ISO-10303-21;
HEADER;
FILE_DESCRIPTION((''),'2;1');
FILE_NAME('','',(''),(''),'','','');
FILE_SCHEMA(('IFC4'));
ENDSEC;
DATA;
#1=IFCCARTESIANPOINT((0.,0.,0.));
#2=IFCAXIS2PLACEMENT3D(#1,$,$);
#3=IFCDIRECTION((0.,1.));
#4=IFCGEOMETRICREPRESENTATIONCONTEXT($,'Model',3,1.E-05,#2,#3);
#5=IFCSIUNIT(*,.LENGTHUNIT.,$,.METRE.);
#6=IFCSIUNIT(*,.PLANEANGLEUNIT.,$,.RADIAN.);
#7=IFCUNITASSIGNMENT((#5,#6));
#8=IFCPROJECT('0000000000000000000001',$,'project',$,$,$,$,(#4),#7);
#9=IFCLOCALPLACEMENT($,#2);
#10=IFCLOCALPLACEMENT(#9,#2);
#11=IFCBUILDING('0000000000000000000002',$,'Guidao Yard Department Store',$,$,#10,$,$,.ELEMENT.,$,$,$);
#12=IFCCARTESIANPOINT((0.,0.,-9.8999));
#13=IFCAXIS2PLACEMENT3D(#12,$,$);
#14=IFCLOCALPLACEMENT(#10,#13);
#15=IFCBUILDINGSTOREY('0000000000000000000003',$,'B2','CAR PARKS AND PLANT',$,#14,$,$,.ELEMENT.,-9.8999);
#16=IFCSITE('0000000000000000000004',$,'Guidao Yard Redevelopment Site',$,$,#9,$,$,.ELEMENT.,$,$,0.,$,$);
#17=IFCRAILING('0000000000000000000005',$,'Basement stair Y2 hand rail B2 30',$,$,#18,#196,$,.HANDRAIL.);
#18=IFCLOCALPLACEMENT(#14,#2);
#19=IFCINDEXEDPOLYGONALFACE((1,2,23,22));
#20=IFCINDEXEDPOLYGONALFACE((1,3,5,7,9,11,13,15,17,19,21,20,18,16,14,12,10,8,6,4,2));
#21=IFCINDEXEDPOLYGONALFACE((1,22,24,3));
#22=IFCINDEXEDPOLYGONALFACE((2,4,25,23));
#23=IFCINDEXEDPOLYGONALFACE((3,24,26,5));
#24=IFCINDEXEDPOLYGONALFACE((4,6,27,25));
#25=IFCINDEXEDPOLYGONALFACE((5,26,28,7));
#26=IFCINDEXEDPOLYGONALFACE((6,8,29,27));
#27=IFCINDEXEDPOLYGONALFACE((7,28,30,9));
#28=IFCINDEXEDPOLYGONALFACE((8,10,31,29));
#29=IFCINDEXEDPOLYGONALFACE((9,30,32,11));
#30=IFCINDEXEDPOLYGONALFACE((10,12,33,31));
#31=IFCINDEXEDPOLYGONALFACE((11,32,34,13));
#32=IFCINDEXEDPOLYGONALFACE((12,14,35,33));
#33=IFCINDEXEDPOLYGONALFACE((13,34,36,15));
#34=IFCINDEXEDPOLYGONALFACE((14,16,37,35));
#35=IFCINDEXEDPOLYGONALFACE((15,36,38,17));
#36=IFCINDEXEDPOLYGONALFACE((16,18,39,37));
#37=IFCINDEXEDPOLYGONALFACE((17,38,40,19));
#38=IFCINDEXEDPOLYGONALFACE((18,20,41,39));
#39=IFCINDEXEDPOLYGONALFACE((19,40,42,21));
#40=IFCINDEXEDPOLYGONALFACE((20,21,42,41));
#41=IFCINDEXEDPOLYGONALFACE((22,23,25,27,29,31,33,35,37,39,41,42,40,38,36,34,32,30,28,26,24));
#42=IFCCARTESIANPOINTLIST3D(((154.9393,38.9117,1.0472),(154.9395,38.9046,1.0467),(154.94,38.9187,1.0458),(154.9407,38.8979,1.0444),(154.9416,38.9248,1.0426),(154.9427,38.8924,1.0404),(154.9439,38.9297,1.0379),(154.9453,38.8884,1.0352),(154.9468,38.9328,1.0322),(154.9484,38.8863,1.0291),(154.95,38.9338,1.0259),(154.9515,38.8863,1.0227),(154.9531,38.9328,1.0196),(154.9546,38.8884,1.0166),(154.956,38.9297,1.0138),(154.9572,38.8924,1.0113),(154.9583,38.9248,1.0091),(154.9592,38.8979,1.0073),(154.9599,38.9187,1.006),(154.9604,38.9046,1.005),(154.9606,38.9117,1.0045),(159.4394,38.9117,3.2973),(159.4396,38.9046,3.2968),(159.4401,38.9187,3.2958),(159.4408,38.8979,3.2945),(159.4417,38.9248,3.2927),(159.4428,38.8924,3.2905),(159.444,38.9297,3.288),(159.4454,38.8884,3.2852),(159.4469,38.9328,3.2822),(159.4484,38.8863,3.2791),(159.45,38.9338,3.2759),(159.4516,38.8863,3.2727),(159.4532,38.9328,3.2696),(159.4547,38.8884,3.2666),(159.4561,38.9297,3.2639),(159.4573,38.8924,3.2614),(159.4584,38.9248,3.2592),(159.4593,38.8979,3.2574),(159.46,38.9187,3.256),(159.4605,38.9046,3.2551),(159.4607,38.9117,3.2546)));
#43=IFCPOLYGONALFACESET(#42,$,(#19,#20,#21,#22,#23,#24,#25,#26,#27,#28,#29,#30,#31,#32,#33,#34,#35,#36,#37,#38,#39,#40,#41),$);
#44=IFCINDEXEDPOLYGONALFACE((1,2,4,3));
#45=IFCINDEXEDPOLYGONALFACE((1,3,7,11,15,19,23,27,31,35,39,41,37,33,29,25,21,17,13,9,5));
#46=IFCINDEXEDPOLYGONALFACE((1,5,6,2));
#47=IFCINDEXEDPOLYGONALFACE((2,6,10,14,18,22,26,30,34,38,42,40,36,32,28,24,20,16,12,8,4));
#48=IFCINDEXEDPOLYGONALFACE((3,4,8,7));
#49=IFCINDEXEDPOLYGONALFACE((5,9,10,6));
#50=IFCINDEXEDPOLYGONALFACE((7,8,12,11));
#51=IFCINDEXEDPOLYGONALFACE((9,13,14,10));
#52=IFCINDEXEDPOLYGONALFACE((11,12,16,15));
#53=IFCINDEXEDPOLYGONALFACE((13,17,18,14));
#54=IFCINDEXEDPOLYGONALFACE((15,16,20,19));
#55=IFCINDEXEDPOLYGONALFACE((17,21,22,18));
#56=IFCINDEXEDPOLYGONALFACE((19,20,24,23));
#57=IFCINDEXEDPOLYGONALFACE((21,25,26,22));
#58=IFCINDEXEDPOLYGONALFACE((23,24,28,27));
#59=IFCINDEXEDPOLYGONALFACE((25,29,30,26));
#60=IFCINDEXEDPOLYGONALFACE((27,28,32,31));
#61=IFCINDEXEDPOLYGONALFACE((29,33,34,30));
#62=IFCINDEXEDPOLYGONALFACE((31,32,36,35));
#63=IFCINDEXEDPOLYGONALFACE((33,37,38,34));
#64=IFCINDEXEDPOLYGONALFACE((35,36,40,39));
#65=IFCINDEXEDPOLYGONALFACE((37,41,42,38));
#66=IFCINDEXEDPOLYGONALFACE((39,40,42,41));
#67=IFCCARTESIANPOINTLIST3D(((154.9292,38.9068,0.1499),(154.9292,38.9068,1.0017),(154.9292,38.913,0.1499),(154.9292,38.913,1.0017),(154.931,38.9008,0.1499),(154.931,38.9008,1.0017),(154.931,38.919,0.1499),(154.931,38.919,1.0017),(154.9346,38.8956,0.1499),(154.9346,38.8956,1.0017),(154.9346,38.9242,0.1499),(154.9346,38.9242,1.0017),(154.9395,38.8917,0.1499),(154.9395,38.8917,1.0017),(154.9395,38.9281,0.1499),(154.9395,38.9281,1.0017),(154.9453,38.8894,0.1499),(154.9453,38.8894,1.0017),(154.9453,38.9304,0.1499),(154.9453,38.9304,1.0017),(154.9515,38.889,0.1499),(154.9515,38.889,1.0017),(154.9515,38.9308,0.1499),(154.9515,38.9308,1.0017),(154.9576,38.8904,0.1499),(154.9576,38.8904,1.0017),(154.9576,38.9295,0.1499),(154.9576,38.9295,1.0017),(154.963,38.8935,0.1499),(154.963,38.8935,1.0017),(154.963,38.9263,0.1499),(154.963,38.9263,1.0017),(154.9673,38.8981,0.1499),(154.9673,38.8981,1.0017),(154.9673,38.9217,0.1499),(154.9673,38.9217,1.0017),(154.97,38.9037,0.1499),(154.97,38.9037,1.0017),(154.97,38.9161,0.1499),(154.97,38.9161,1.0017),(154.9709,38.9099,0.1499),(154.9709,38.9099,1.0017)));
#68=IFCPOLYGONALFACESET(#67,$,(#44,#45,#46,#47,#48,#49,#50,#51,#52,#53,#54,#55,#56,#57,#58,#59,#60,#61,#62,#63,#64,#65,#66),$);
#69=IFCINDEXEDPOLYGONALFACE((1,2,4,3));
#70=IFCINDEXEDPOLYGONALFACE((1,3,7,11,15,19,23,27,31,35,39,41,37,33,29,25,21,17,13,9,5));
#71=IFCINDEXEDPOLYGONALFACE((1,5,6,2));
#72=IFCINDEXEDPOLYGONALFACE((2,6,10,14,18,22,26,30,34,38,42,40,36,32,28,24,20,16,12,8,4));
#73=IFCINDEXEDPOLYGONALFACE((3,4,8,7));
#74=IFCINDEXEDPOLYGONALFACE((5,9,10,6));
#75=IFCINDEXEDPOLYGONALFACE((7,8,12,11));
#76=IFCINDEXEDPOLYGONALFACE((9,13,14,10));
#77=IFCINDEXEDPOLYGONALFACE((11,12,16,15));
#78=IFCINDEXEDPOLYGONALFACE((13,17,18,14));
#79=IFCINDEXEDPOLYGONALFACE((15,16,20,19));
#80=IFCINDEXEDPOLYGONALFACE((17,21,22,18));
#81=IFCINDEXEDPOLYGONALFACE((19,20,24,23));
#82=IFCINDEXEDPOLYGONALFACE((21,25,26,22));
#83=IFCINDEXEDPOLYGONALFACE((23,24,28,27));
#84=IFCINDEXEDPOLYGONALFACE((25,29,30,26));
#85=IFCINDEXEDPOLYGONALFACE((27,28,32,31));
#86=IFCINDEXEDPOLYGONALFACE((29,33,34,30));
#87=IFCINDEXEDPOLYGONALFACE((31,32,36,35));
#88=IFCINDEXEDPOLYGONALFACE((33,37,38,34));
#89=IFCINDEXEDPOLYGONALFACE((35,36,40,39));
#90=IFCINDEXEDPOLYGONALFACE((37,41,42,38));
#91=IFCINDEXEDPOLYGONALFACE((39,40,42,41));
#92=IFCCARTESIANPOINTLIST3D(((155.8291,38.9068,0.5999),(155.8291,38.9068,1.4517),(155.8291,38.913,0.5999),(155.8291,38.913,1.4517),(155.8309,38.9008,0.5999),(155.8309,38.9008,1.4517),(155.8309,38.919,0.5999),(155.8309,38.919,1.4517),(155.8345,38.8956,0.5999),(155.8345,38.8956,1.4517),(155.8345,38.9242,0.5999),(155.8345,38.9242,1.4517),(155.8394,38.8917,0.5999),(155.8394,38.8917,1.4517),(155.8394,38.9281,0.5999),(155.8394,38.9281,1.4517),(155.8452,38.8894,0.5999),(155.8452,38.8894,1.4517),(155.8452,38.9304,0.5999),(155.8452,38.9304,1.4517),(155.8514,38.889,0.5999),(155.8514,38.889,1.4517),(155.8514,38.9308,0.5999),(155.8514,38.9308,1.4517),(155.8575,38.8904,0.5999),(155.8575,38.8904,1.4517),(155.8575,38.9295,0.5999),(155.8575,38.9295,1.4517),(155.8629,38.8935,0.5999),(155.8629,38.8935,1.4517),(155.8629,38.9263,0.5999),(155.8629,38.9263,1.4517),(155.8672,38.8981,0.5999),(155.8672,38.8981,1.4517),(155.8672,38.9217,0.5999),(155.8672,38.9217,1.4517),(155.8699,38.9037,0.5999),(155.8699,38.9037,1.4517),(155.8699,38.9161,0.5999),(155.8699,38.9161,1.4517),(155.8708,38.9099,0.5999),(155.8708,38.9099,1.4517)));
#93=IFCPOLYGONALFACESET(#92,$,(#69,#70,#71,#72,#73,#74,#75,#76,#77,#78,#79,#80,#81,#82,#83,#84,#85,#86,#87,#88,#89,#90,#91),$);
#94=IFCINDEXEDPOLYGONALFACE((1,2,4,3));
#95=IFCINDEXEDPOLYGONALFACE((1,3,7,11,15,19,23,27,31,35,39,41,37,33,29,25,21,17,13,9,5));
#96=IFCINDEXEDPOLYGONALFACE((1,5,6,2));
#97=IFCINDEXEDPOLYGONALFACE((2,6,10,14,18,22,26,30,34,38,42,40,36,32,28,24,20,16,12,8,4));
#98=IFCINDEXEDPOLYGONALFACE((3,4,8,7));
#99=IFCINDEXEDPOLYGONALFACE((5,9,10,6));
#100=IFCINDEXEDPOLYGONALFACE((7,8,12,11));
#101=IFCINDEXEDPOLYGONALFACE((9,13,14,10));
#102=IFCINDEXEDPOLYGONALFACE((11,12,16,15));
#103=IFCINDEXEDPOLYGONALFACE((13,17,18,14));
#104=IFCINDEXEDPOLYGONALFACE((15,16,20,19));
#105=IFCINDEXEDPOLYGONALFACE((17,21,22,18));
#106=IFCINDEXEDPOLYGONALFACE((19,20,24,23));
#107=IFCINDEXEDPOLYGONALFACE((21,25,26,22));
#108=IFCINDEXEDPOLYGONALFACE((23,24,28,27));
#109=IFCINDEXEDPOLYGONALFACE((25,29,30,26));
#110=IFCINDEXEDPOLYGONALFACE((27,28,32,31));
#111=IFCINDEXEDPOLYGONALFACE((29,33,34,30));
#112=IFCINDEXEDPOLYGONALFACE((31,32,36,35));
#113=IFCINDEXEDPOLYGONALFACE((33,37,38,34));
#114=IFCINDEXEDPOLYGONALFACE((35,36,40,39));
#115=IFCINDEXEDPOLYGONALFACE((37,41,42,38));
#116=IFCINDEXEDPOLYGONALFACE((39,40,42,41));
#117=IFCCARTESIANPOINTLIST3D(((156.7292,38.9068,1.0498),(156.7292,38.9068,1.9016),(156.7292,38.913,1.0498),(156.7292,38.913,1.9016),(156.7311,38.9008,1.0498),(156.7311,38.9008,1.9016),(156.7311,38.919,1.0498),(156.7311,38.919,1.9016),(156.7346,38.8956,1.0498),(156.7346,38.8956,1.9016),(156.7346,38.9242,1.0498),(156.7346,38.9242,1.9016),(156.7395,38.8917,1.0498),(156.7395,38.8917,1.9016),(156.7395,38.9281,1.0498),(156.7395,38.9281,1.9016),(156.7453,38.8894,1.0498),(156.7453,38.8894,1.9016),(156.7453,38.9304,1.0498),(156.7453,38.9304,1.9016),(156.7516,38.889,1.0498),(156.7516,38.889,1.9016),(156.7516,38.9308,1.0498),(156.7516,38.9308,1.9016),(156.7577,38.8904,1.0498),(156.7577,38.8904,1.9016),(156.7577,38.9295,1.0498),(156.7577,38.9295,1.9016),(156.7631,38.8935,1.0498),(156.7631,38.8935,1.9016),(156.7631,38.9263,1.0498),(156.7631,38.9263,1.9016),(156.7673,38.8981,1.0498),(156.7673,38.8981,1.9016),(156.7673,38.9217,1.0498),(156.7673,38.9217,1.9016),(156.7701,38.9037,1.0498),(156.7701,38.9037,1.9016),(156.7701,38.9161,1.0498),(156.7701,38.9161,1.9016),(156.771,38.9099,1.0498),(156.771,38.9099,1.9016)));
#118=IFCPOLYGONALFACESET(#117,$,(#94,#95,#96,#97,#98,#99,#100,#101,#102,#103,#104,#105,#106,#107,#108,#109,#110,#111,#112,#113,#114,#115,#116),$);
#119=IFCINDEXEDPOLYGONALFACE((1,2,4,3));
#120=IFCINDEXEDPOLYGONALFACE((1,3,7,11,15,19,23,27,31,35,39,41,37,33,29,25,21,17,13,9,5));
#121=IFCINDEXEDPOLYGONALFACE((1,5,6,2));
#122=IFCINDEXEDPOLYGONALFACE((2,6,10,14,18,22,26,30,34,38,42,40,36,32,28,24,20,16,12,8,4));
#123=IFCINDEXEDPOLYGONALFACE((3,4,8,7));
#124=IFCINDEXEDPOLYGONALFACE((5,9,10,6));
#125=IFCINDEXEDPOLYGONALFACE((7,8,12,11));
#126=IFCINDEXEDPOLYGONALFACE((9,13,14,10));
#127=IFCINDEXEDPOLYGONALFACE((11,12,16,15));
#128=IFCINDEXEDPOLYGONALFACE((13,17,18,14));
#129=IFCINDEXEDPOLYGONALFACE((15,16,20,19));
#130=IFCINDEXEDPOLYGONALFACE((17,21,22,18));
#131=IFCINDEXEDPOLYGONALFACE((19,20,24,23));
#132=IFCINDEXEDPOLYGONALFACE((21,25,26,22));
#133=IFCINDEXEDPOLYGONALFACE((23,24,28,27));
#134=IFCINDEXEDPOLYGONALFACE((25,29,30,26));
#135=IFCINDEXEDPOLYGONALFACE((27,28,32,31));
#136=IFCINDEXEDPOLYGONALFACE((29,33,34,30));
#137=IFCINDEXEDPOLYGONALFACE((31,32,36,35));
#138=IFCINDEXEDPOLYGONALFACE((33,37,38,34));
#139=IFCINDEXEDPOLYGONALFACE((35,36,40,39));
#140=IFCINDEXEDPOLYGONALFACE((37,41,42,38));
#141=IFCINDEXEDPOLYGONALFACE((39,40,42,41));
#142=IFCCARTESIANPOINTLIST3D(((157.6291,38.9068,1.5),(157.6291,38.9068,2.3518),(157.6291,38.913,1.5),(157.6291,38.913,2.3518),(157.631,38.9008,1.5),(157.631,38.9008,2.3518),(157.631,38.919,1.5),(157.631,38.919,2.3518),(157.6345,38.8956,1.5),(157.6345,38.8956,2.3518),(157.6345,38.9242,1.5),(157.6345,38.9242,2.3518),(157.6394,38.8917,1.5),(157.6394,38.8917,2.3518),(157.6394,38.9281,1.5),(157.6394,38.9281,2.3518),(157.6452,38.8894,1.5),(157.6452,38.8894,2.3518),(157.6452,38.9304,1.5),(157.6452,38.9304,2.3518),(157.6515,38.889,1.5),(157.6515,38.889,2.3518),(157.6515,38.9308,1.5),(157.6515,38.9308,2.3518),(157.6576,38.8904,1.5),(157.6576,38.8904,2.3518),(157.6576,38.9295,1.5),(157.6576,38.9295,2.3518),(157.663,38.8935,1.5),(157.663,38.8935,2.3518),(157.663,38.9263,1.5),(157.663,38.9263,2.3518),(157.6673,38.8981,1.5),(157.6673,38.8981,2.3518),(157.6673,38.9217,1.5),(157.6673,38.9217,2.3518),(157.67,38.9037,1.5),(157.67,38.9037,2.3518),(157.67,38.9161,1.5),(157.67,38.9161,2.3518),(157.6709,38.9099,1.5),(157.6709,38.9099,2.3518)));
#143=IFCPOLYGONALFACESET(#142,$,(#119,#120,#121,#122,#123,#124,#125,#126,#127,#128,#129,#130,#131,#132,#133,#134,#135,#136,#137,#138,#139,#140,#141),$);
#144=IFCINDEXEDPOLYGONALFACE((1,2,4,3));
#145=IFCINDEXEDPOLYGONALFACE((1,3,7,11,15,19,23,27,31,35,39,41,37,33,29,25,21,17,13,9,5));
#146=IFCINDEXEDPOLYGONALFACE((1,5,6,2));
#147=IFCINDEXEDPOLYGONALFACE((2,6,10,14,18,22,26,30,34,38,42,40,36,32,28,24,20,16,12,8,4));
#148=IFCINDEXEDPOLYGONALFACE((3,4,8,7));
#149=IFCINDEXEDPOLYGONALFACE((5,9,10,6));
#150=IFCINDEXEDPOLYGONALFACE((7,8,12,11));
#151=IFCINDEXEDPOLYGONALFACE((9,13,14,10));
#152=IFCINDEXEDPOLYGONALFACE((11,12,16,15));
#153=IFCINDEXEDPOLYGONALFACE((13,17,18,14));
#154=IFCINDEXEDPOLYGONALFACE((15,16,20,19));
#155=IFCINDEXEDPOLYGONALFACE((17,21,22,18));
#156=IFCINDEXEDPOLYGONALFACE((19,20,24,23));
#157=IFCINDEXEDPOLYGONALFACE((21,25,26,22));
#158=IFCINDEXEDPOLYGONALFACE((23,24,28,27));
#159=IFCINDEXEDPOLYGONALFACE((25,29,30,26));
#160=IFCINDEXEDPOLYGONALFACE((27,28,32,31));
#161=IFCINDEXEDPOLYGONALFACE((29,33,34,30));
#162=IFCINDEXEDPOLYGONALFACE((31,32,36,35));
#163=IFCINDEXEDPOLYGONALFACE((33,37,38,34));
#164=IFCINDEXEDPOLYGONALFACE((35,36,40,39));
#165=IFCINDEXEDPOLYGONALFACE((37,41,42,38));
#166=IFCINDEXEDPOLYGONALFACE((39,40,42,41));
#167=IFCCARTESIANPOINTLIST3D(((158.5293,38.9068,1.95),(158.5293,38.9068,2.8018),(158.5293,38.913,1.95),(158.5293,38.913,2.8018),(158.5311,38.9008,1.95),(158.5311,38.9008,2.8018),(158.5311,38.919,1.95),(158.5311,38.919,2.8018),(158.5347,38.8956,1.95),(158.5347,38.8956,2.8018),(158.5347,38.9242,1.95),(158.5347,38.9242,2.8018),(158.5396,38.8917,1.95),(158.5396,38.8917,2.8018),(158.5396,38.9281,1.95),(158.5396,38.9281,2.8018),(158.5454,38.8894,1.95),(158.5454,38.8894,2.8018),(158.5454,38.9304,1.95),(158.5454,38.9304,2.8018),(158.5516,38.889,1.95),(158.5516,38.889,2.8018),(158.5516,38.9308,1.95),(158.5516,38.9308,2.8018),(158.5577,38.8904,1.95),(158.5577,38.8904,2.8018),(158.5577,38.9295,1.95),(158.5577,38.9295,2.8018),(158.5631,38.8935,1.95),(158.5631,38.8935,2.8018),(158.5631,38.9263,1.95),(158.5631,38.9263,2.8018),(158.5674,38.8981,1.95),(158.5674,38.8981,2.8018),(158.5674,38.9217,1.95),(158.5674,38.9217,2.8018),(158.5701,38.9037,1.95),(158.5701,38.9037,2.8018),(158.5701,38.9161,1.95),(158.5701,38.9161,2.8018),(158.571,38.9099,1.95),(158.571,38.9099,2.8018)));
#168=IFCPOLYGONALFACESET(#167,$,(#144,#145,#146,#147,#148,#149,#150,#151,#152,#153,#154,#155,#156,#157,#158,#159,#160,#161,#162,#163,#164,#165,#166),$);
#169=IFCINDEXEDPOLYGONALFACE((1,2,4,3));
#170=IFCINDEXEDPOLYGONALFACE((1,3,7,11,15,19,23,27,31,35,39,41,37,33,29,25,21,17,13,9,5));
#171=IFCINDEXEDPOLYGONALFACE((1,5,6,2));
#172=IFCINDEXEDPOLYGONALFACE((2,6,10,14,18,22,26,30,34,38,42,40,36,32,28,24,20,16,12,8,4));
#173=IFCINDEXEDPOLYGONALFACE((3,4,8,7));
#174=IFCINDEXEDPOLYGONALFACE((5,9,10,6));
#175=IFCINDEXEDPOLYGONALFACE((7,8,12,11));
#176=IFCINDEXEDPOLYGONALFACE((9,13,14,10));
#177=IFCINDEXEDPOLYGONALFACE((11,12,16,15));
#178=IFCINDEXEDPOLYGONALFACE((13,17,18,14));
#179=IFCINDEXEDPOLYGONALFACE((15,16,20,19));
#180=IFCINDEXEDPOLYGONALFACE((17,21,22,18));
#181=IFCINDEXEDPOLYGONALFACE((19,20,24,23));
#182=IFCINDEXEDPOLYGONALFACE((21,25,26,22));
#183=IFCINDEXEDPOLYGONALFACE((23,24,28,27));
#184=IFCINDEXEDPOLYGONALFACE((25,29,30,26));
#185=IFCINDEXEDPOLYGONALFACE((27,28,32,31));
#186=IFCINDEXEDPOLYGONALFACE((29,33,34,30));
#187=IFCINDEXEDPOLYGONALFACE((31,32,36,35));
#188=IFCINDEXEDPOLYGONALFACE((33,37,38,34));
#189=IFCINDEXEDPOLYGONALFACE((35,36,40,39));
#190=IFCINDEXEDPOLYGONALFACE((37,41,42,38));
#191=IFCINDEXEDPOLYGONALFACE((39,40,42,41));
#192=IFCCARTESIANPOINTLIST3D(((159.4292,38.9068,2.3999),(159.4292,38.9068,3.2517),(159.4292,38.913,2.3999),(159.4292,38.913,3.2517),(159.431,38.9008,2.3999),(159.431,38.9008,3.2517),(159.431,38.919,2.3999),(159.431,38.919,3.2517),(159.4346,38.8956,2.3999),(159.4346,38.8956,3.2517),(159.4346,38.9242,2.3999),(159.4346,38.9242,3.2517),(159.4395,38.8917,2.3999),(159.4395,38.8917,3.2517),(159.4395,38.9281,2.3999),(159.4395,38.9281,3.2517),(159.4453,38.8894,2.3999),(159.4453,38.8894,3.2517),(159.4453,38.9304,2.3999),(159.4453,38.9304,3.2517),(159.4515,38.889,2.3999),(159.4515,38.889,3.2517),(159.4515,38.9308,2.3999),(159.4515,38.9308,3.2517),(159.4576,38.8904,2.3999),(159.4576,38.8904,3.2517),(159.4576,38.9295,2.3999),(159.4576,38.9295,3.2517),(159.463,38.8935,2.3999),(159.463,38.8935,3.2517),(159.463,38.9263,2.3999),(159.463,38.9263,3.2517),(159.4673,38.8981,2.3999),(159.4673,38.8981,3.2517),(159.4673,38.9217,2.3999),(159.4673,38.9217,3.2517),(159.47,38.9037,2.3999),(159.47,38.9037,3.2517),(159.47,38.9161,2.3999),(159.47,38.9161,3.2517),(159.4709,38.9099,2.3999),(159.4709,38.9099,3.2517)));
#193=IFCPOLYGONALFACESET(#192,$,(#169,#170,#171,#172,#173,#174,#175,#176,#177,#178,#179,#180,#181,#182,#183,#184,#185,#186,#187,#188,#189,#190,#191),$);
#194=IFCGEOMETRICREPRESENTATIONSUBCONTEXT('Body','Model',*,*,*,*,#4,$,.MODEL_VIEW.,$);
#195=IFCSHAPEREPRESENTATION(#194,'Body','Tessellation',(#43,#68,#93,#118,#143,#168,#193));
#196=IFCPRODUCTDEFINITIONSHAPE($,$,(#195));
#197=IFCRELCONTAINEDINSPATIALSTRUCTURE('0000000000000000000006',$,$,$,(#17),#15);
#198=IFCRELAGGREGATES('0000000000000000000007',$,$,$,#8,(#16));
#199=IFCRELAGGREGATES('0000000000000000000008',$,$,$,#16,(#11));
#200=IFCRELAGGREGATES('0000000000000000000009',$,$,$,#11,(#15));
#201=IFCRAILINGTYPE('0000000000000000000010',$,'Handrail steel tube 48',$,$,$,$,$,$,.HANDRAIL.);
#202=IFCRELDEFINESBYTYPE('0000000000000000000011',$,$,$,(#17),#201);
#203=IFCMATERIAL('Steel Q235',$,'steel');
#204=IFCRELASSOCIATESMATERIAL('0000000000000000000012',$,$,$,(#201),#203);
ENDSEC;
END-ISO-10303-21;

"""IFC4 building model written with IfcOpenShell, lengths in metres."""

from ifc_helpers import new_model, si_unit, direction, frame, origin, origin_2d, place, context, subcontext, project, spatial, circle, extrude, material, type_object, element, save


model = new_model("IFC4")

# Units and contexts
model_context = context("Model", 3, precision=1e-05, world=origin(), true_north=direction((0.0, 1.0)))
body_context = subcontext(model_context, "Body", "Model", "MODEL_VIEW")
ifc_project = project(units=[si_unit("LENGTHUNIT", "METRE"), si_unit("PLANEANGLEUNIT", "RADIAN")], contexts=[model_context])

# Site, building, storey
site_placement = place(None, origin())
site = spatial("IfcSite", under=ifc_project, at=site_placement, Name="Guidao Yard Redevelopment Site", CompositionType="ELEMENT", RefElevation=0.0)
building_placement = place(site_placement, origin())
building = spatial("IfcBuilding", under=site, at=building_placement, Name="Guidao Yard Department Store", CompositionType="ELEMENT")
storey_placement = place(building_placement, frame((0.0, 0.0, -9.8999)))
storey = spatial("IfcBuildingStorey", under=building, at=storey_placement, Name="B2", Description="CAR PARKS AND PLANT", CompositionType="ELEMENT", Elevation=-9.8999)

# Railing
ifc_material_1 = material(Name="Steel Q235", Category="steel")
railing_type_1 = type_object("IfcRailingType", Name="Handrail steel tube 48", PredefinedType="HANDRAIL", material=ifc_material_1)
for number, where, name in (
    (1, (154.95, 38.9099, 0.1499), "Basement stair Y2 hand rail B2 30"),
):
    element("IfcRailing", number, at=place(storey_placement, frame(where)), inside=storey, type_object=railing_type_1, Name=name, PredefinedType="HANDRAIL", context=body_context, shape_type="SweptSolid", body=[
        extrude(circle(Radius=0.0239, at=origin_2d()), frame((0.0, 0.0, 0.876), z_axis=(0.894427, 0.0, 0.447214), x_axis=(0.0, 1.0, 0.0)), (0.0, 0.0, 1.0), 5.0312),
        extrude(circle(Radius=0.021, at=origin_2d()), origin(), (0.0, 0.0, 1.0), 0.8518),
        extrude(circle(Radius=0.021, at=origin_2d()), frame((0.8999, 0.0, 0.45)), (0.0, 0.0, 1.0), 0.8518),
        extrude(circle(Radius=0.021, at=origin_2d()), frame((1.8, 0.0, 0.8999)), (0.0, 0.0, 1.0), 0.8518),
        extrude(circle(Radius=0.021, at=origin_2d()), frame((2.7, 0.0, 1.3501)), (0.0, 0.0, 1.0), 0.8518),
        extrude(circle(Radius=0.021, at=origin_2d()), frame((3.6001, 0.0, 1.8)), (0.0, 0.0, 1.0), 0.8518),
        extrude(circle(Radius=0.021, at=origin_2d()), frame((4.5, 0.0, 2.25)), (0.0, 0.0, 1.0), 0.8518),
    ])

save(model, "model.ifc")
